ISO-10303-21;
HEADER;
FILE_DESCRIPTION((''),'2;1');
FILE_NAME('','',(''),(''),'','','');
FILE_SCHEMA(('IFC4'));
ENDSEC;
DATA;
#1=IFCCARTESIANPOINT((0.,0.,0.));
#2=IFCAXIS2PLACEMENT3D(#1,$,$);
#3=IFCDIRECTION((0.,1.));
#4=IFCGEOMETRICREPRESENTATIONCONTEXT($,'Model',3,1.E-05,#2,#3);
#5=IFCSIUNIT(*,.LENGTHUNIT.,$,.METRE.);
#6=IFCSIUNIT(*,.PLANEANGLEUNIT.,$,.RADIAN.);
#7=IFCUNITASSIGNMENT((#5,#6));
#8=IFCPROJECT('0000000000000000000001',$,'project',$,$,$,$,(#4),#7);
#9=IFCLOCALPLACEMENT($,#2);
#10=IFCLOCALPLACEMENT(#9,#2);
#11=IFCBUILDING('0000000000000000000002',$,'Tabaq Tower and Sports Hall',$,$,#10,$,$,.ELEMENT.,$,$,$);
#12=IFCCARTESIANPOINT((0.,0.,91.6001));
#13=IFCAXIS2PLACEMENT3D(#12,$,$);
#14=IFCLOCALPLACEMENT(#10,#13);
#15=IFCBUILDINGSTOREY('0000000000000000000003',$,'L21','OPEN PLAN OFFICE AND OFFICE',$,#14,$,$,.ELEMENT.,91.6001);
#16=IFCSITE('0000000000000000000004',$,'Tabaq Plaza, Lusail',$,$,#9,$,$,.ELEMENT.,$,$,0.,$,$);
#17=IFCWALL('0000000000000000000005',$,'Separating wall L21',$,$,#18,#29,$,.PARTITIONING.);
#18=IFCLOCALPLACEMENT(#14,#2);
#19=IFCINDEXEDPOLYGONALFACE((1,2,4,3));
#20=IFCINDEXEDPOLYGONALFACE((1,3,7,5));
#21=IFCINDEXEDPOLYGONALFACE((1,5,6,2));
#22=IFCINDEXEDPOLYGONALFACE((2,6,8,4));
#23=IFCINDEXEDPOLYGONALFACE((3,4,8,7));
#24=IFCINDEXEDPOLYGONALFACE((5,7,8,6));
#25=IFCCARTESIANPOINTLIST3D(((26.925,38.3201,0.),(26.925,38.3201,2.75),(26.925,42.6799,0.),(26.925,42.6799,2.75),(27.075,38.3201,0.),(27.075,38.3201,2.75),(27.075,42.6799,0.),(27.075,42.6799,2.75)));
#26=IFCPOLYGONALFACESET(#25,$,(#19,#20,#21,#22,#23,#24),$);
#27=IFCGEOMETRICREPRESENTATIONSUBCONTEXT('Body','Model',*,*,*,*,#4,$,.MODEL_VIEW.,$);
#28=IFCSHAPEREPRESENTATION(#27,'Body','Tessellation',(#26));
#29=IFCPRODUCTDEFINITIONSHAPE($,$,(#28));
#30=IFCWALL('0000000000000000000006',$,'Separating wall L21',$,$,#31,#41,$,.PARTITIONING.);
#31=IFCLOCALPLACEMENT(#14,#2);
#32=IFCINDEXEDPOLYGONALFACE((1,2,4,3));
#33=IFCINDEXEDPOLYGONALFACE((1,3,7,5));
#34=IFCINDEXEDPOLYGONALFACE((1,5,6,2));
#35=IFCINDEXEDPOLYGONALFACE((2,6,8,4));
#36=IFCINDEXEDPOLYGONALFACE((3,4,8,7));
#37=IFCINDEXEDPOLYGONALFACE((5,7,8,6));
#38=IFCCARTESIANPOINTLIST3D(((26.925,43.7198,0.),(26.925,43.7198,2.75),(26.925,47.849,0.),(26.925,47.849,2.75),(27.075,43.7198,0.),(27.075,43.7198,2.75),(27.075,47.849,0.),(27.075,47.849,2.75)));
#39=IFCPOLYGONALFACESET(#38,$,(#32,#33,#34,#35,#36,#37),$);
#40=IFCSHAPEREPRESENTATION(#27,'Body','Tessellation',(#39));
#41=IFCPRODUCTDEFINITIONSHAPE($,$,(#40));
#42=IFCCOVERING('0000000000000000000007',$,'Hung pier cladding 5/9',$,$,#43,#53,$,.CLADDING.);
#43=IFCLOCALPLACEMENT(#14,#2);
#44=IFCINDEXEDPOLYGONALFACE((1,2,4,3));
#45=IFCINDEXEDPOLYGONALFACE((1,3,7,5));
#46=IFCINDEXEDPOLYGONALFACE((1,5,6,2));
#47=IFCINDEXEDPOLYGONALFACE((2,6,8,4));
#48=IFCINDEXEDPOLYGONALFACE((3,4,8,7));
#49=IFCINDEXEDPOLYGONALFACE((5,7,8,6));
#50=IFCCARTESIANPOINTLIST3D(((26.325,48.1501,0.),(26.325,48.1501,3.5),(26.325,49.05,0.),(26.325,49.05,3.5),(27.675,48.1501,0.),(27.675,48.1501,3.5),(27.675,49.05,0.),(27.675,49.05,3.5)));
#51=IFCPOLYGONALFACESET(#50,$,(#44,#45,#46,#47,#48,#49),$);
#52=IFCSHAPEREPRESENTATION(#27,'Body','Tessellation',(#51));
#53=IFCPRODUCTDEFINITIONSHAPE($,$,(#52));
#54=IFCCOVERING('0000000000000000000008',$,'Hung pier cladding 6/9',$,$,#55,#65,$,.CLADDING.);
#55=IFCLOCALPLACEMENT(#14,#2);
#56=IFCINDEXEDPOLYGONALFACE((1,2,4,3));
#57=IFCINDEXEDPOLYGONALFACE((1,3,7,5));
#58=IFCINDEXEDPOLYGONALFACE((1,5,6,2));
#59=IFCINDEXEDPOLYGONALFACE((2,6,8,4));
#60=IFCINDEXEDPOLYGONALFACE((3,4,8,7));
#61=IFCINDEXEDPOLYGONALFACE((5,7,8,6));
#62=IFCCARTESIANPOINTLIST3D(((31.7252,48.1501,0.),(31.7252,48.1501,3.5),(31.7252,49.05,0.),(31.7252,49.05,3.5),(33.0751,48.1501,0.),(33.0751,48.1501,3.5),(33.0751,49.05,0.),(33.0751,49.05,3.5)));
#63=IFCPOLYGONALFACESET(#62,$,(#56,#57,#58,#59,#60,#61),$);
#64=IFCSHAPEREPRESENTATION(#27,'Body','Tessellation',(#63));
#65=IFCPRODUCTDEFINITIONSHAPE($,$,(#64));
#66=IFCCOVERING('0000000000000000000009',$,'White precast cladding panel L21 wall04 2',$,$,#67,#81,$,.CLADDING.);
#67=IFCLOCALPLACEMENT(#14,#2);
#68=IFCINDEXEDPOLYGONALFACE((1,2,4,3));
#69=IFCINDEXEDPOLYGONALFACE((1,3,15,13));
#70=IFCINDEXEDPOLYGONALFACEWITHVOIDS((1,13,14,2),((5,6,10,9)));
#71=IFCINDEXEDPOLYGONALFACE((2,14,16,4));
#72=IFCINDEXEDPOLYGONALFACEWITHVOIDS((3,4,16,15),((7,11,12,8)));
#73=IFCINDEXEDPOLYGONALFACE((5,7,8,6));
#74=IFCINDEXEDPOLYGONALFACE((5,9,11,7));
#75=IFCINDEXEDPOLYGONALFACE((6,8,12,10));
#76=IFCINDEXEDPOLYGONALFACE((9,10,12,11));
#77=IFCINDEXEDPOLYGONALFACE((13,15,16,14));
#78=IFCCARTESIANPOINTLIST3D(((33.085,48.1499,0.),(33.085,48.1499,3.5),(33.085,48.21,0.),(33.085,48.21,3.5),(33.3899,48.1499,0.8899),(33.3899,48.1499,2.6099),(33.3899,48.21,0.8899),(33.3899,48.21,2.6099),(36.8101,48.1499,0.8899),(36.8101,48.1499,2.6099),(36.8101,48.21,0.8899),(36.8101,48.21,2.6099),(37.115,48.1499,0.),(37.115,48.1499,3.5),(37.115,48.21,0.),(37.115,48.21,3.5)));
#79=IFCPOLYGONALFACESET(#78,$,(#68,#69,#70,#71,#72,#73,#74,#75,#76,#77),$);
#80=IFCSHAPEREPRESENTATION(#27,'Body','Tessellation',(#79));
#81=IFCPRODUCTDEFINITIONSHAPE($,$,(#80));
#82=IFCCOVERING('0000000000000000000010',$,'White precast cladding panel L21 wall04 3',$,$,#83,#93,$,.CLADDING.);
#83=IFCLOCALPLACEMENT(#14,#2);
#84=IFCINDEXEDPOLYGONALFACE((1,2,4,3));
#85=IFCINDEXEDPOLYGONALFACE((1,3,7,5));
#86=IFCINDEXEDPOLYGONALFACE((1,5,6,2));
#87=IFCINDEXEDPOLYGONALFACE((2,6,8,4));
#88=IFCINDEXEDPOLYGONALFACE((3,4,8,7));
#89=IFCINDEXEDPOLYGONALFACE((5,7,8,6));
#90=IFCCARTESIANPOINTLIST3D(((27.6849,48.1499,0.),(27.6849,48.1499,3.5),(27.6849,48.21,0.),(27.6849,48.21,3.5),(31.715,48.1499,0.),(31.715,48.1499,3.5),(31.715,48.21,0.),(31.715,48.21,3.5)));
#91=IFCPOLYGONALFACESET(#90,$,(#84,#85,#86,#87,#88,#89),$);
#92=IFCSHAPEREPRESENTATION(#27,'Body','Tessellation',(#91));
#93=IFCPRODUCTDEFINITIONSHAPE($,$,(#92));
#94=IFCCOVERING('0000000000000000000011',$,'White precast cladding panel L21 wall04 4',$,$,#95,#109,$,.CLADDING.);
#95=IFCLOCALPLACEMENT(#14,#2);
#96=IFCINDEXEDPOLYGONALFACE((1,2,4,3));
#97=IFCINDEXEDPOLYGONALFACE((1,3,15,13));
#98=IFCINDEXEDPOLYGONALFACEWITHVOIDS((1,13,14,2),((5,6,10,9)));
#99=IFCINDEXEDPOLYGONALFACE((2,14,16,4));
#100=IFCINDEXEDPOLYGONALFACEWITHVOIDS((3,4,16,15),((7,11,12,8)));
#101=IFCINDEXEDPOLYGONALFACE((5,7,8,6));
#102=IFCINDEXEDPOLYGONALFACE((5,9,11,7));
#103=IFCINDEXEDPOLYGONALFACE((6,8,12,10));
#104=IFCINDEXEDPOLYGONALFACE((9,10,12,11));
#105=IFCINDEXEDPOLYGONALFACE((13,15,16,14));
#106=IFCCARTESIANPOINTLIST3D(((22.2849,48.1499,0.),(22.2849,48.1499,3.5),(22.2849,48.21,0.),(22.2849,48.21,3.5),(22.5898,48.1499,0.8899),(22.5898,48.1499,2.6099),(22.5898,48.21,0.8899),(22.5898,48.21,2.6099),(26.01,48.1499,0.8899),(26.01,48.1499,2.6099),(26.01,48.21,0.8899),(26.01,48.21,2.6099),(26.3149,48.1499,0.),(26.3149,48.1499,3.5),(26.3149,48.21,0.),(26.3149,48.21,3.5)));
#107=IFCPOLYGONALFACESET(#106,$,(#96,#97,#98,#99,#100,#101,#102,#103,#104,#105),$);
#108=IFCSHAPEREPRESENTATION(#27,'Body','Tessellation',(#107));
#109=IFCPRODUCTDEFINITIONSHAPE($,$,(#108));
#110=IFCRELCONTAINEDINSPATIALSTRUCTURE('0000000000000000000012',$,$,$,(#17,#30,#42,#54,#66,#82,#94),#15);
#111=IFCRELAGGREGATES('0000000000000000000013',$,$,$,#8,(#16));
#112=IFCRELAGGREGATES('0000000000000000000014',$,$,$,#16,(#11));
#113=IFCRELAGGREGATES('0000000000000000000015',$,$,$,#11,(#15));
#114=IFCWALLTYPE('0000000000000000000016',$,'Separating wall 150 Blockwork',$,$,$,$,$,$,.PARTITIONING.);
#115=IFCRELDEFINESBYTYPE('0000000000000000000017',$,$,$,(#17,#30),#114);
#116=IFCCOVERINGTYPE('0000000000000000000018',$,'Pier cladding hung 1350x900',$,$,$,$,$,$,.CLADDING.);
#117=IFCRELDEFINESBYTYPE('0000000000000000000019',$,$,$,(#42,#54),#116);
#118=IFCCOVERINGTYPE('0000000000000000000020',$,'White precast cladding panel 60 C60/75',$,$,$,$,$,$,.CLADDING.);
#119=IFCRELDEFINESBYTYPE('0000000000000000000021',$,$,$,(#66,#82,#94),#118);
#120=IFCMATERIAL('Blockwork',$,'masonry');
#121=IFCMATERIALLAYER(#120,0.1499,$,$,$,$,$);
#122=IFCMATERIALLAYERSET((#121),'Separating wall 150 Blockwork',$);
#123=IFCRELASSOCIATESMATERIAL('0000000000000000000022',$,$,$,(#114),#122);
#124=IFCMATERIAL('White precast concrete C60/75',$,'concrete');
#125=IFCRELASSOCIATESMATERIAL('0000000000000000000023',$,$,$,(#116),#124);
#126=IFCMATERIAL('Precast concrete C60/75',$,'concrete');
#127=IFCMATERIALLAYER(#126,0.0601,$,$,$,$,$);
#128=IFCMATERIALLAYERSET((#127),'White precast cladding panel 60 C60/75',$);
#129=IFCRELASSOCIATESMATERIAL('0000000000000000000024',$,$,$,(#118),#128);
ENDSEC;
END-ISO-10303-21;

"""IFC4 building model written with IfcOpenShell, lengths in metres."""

from ifc_helpers import new_model, si_unit, direction, frame, frame_2d, origin, place, context, subcontext, project, spatial, polyline, rectangle, outline, extrude, material, layer, layer_set, type_object, element, save


model = new_model("IFC4")

# Units and contexts
model_context = context("Model", 3, precision=1e-05, world=origin(), true_north=direction((0.0, 1.0)))
body_context = subcontext(model_context, "Body", "Model", "MODEL_VIEW")
ifc_project = project(units=[si_unit("LENGTHUNIT", "METRE"), si_unit("PLANEANGLEUNIT", "RADIAN")], contexts=[model_context])

# Site, building, storey
site_placement = place(None, origin())
site = spatial("IfcSite", under=ifc_project, at=site_placement, Name="Tabaq Plaza, Lusail", CompositionType="ELEMENT", RefElevation=0.0)
building_placement = place(site_placement, origin())
building = spatial("IfcBuilding", under=site, at=building_placement, Name="Tabaq Tower and Sports Hall", CompositionType="ELEMENT")
storey_placement = place(building_placement, frame((0.0, 0.0, 91.6001)))
storey = spatial("IfcBuildingStorey", under=building, at=storey_placement, Name="L21", Description="OPEN PLAN OFFICE AND OFFICE", CompositionType="ELEMENT", Elevation=91.6001)

# Walls
ifc_material_1 = material(Name="Blockwork", Category="masonry")
ifc_layer_1 = layer(ifc_material_1, 0.1499)
ifc_layer_set_1 = layer_set([ifc_layer_1], Name="Separating wall 150 Blockwork")
wall_type_1 = type_object("IfcWallType", Name="Separating wall 150 Blockwork", PredefinedType="PARTITIONING", material=ifc_layer_set_1)
wall_1_placement = place(storey_placement, frame((27.0, 38.3201, 0.0), z_axis=(0.0, 0.0, 1.0), x_axis=(0.0, 1.0, 0.0)))
element("IfcWall", 1, at=wall_1_placement, inside=storey, type_object=wall_type_1, Name="Separating wall L21", PredefinedType="PARTITIONING", context=body_context, shape_type="SweptSolid", body=[
    extrude(rectangle(XDim=4.3599, YDim=0.1499, at=frame_2d((2.1799, 0.0))), origin(), (0.0, 0.0, 1.0), 2.75),
])
wall_2_placement = place(storey_placement, frame((27.0, 43.72, 0.0), z_axis=(0.0, 0.0, 1.0), x_axis=(0.0, 1.0, 0.0)))
element("IfcWall", 2, at=wall_2_placement, inside=storey, type_object=wall_type_1, Name="Separating wall L21", PredefinedType="PARTITIONING", context=body_context, shape_type="SweptSolid", body=[
    extrude(rectangle(XDim=4.1292, YDim=0.1499, at=frame_2d((2.0645, 0.0))), origin(), (0.0, 0.0, 1.0), 2.75),
])

# Coverings
ifc_material_2 = material(Name="White precast concrete C60/75", Category="concrete")
covering_type_1 = type_object("IfcCoveringType", Name="Pier cladding hung 1350x900", PredefinedType="CLADDING", material=ifc_material_2)
covering_1_placement = place(storey_placement, frame((27.675, 48.6001, 0.0), z_axis=(0.0, 0.0, 1.0), x_axis=(-1.0, 0.0, 0.0)))
element("IfcCovering", 3, at=covering_1_placement, inside=storey, type_object=covering_type_1, Name="Hung pier cladding 5/9", PredefinedType="CLADDING", context=body_context, shape_type="SweptSolid", body=[
    extrude(rectangle(XDim=1.3501, YDim=0.8999, at=frame_2d((0.675, 0.0))), origin(), (0.0, 0.0, 1.0), 3.5),
])
covering_2_placement = place(storey_placement, frame((33.075, 48.6001, 0.0), z_axis=(0.0, 0.0, 1.0), x_axis=(-1.0, 0.0, 0.0)))
element("IfcCovering", 4, at=covering_2_placement, inside=storey, type_object=covering_type_1, Name="Hung pier cladding 6/9", PredefinedType="CLADDING", context=body_context, shape_type="SweptSolid", body=[
    extrude(rectangle(XDim=1.3499, YDim=0.8999, at=frame_2d((0.6748, 0.0))), origin(), (0.0, 0.0, 1.0), 3.5),
])
ifc_material_3 = material(Name="Precast concrete C60/75", Category="concrete")
ifc_layer_2 = layer(ifc_material_3, 0.0601)
ifc_layer_set_2 = layer_set([ifc_layer_2], Name="White precast cladding panel 60 C60/75")
covering_type_2 = type_object("IfcCoveringType", Name="White precast cladding panel 60 C60/75", PredefinedType="CLADDING", material=ifc_layer_set_2)
covering_3_placement = place(storey_placement, frame((37.115, 48.1799, 0.0), z_axis=(0.0, 0.0, 1.0), x_axis=(-1.0, 0.0, 0.0)))
element("IfcCovering", 5, at=covering_3_placement, inside=storey, type_object=covering_type_2, Name="White precast cladding panel L21 wall04 2", PredefinedType="CLADDING", context=body_context, shape_type="SweptSolid", body=[
    extrude(outline(polyline([(0.0, 0.0), (4.03, 0.0), (4.03, 3.5), (0.0, 3.5), (0.0, 0.0)]), holes=[polyline([(0.3049, 0.8899), (0.3049, 2.6099), (3.7251, 2.6099), (3.7251, 0.8899), (0.3049, 0.8899)])]), frame((0.0, 0.03, 0.0), z_axis=(0.0, -1.0, 0.0), x_axis=(1.0, 0.0, 0.0)), (0.0, 0.0, 1.0), 0.0601),
])
covering_4_placement = place(storey_placement, frame((31.7151, 48.1799, 0.0), z_axis=(0.0, 0.0, 1.0), x_axis=(-1.0, 0.0, 0.0)))
element("IfcCovering", 6, at=covering_4_placement, inside=storey, type_object=covering_type_2, Name="White precast cladding panel L21 wall04 3", PredefinedType="CLADDING", context=body_context, shape_type="SweptSolid", body=[
    extrude(rectangle(XDim=4.03, YDim=0.0601, at=frame_2d((2.0151, 0.0))), origin(), (0.0, 0.0, 1.0), 3.5),
])
covering_5_placement = place(storey_placement, frame((26.3149, 48.1799, 0.0), z_axis=(0.0, 0.0, 1.0), x_axis=(-1.0, 0.0, 0.0)))
element("IfcCovering", 7, at=covering_5_placement, inside=storey, type_object=covering_type_2, Name="White precast cladding panel L21 wall04 4", PredefinedType="CLADDING", context=body_context, shape_type="SweptSolid", body=[
    extrude(outline(polyline([(0.0, 0.0), (4.03, 0.0), (4.03, 3.5), (0.0, 3.5), (0.0, 0.0)]), holes=[polyline([(0.3049, 0.8899), (0.3049, 2.6099), (3.7251, 2.6099), (3.7251, 0.8899), (0.3049, 0.8899)])]), frame((0.0, 0.03, 0.0), z_axis=(0.0, -1.0, 0.0), x_axis=(1.0, 0.0, 0.0)), (0.0, 0.0, 1.0), 0.0601),
])

save(model, "model.ifc")
